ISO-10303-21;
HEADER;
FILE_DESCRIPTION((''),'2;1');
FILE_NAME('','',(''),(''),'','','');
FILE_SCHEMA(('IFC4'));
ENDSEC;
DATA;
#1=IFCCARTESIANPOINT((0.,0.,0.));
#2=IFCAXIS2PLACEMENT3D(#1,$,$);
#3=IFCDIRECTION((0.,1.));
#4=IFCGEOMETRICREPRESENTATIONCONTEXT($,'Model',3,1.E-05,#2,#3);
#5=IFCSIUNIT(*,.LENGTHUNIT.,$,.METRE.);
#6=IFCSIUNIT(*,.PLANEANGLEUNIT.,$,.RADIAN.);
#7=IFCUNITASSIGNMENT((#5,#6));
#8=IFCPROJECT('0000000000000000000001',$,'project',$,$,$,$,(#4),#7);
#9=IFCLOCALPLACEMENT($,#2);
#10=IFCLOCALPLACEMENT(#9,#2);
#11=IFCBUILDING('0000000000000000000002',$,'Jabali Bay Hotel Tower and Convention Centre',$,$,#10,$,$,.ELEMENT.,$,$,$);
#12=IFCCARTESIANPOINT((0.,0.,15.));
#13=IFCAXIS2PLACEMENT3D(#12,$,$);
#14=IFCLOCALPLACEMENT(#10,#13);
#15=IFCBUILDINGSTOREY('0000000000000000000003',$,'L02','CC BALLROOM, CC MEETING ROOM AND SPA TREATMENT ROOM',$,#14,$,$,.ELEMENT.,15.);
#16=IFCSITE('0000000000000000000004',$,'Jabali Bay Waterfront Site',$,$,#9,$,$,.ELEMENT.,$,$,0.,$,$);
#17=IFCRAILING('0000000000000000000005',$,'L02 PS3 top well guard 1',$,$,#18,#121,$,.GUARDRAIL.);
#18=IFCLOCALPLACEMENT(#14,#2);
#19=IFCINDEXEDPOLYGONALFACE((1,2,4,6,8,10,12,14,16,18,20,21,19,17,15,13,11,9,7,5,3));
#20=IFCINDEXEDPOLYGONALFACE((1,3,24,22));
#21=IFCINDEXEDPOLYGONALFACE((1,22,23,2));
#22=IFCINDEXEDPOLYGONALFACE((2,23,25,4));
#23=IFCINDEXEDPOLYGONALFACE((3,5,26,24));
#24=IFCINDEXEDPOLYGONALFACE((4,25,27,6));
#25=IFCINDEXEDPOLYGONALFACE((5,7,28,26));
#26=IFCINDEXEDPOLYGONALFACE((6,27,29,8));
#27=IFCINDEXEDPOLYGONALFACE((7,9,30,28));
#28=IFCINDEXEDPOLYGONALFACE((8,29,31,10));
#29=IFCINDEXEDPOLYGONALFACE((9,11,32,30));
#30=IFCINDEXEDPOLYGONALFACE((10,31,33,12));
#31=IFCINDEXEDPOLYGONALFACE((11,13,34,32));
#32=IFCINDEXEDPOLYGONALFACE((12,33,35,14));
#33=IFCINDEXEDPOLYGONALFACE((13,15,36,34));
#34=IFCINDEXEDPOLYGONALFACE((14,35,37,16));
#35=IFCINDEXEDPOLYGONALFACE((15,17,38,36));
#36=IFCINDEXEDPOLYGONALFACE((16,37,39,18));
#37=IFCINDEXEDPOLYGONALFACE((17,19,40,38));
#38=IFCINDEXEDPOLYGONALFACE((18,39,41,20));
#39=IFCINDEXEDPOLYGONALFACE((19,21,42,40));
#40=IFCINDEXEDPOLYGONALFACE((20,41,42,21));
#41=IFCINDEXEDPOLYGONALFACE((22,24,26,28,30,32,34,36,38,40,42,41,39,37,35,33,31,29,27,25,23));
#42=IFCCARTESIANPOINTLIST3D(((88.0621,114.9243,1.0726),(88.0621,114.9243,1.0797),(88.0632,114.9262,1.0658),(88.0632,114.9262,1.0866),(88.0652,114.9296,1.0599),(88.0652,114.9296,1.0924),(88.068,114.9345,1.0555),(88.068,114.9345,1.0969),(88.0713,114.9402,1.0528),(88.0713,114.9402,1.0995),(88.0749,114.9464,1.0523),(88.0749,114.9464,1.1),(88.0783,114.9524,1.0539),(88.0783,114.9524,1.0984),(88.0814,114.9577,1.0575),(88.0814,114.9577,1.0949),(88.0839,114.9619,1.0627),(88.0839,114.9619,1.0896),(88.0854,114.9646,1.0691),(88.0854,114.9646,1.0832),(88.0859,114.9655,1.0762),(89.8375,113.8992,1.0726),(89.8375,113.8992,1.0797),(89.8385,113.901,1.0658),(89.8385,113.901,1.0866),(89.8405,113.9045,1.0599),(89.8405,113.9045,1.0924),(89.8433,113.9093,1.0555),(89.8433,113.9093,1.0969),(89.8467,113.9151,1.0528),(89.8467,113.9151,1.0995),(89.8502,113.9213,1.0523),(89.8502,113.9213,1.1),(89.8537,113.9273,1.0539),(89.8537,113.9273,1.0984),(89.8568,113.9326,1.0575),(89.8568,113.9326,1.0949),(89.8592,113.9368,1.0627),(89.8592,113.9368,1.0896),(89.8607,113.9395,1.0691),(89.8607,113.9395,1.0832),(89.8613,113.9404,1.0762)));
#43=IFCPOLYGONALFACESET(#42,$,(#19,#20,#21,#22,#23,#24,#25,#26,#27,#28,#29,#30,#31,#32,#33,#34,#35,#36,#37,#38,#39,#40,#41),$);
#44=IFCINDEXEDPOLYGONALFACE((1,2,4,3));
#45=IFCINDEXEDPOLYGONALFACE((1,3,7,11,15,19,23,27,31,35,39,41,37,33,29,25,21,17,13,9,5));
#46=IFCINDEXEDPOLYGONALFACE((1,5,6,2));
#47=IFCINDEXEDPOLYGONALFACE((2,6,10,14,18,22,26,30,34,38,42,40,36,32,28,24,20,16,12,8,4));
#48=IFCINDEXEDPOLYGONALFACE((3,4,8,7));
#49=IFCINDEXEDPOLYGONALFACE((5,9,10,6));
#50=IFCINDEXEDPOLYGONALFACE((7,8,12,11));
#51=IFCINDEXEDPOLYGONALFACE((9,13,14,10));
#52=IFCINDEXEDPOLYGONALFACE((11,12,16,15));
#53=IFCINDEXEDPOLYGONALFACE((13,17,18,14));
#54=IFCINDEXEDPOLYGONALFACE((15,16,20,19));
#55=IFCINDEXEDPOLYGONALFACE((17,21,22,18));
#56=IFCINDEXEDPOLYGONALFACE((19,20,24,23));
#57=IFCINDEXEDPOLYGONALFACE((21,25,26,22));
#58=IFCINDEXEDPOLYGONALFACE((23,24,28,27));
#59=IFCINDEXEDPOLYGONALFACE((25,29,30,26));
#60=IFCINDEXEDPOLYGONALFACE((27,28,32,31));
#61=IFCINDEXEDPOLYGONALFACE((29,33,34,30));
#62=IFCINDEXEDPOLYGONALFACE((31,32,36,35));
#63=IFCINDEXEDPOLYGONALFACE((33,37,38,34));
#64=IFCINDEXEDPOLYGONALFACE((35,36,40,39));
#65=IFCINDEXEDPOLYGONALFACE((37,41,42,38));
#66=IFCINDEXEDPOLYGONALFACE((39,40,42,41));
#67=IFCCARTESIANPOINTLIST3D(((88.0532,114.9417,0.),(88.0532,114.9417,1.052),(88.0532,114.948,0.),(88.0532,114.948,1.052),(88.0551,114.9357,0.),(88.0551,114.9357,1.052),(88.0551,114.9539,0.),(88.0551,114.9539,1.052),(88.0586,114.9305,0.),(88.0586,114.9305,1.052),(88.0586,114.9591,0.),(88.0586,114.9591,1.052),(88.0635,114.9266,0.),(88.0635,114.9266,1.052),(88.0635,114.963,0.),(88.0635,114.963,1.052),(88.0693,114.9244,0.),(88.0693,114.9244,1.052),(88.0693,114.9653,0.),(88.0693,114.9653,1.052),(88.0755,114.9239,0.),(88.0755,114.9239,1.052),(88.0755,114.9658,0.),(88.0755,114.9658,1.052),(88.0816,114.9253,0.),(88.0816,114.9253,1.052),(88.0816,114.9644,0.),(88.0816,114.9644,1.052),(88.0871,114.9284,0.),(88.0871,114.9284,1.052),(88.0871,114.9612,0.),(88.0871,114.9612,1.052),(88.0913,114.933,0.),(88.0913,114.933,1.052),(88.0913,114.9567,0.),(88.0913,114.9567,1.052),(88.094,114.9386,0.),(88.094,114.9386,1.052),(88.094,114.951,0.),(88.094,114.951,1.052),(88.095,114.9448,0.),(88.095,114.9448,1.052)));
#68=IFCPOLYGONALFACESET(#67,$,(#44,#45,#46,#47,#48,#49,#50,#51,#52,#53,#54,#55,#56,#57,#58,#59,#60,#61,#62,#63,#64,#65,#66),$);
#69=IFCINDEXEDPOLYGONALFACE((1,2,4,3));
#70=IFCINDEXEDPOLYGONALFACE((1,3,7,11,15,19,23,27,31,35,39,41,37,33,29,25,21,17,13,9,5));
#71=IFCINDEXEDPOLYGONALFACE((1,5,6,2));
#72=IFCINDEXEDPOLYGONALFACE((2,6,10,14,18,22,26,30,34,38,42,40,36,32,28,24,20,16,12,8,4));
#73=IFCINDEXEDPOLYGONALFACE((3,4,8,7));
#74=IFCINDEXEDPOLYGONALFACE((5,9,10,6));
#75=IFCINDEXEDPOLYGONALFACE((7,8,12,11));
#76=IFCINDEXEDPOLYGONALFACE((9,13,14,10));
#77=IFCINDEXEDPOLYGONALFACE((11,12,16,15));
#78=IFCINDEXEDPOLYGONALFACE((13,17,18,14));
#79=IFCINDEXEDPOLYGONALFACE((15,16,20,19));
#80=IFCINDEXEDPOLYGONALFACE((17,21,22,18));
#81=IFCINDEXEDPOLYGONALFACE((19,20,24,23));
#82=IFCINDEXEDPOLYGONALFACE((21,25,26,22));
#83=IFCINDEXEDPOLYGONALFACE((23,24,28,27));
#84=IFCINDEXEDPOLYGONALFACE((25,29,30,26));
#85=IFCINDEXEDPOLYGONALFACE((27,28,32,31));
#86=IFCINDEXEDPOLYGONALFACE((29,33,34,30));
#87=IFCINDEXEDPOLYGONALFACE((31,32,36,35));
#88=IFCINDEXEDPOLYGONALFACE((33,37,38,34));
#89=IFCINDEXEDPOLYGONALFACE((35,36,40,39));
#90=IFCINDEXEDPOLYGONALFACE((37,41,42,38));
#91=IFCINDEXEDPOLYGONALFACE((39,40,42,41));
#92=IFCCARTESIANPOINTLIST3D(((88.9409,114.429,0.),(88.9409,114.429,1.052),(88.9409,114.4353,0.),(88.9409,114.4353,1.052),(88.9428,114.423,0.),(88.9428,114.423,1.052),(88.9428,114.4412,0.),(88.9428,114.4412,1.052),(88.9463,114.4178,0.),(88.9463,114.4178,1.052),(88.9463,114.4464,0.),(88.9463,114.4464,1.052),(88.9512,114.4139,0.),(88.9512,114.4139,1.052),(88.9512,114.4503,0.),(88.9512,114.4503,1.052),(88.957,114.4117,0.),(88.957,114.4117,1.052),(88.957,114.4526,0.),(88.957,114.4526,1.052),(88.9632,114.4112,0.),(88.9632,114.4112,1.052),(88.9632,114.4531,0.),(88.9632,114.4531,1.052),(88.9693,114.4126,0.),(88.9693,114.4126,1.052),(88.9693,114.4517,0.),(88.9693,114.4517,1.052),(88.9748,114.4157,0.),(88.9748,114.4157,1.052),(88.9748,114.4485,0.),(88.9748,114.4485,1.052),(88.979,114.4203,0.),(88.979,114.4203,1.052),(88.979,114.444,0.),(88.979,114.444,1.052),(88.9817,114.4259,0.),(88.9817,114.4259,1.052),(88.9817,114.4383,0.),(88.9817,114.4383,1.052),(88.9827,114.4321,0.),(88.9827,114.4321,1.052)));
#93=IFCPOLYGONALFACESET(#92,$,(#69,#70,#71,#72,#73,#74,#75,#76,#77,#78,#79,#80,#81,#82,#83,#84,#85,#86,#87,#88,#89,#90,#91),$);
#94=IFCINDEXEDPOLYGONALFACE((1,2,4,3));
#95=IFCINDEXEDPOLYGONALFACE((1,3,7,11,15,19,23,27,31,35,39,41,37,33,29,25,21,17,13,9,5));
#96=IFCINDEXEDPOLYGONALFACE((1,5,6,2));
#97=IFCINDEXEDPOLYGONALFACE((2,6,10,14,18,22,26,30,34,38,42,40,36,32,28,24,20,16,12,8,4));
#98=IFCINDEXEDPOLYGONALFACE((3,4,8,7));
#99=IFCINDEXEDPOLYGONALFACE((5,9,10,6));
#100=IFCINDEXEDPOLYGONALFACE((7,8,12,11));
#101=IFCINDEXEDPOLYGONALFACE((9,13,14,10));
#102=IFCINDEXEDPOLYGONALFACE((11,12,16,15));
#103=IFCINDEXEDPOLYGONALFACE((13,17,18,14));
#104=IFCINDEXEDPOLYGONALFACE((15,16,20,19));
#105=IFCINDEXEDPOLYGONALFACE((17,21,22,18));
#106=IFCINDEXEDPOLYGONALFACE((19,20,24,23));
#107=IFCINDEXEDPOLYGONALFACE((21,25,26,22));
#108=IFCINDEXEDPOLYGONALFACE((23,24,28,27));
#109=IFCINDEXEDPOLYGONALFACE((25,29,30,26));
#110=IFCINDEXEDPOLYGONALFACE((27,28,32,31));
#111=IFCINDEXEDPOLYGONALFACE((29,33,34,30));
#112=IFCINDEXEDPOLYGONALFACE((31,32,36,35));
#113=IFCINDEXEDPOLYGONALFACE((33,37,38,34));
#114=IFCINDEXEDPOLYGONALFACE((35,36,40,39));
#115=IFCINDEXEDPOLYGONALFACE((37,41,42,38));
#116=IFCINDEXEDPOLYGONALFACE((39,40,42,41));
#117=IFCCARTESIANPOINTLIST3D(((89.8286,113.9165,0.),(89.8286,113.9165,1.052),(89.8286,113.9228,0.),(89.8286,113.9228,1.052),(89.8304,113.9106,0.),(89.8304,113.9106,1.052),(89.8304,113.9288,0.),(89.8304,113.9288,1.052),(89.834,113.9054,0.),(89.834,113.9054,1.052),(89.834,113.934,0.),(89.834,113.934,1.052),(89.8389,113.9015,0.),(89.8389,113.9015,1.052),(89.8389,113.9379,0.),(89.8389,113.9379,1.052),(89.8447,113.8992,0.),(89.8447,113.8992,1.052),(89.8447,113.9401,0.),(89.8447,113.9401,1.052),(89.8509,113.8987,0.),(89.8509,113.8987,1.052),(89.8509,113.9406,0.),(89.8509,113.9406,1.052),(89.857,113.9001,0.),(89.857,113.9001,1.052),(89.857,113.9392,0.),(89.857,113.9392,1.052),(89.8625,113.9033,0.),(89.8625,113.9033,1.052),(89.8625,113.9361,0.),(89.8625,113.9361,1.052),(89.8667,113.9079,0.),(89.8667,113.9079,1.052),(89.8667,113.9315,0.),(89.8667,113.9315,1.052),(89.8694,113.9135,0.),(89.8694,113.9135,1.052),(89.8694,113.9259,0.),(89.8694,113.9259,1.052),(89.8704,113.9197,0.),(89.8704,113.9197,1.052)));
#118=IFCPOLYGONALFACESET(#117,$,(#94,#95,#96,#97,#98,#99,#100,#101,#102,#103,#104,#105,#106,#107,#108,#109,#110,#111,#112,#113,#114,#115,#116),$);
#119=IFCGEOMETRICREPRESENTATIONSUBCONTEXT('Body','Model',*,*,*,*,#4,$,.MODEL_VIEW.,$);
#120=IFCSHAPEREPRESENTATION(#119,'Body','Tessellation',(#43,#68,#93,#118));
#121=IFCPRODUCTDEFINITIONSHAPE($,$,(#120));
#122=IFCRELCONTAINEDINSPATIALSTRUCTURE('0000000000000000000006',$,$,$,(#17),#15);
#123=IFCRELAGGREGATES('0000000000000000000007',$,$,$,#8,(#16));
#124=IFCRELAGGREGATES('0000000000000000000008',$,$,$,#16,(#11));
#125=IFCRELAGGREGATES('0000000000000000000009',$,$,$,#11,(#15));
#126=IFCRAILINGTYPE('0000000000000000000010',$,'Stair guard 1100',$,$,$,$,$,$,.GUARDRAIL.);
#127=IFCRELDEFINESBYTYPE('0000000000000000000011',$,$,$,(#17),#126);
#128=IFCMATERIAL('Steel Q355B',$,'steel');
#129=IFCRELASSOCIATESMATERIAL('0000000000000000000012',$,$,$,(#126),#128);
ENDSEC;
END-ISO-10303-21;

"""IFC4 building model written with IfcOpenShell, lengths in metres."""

from ifc_helpers import new_model, si_unit, direction, frame, origin, origin_2d, place, context, subcontext, project, spatial, circle, extrude, material, type_object, element, save


model = new_model("IFC4")

# Units and contexts
model_context = context("Model", 3, precision=1e-05, world=origin(), true_north=direction((0.0, 1.0)))
body_context = subcontext(model_context, "Body", "Model", "MODEL_VIEW")
ifc_project = project(units=[si_unit("LENGTHUNIT", "METRE"), si_unit("PLANEANGLEUNIT", "RADIAN")], contexts=[model_context])

# Site, building, storey
site_placement = place(None, origin())
site = spatial("IfcSite", under=ifc_project, at=site_placement, Name="Jabali Bay Waterfront Site", CompositionType="ELEMENT", RefElevation=0.0)
building_placement = place(site_placement, origin())
building = spatial("IfcBuilding", under=site, at=building_placement, Name="Jabali Bay Hotel Tower and Convention Centre", CompositionType="ELEMENT")
storey_placement = place(building_placement, frame((0.0, 0.0, 15.0)))
storey = spatial("IfcBuildingStorey", under=building, at=storey_placement, Name="L02", Description="CC BALLROOM, CC MEETING ROOM AND SPA TREATMENT ROOM", CompositionType="ELEMENT", Elevation=15.0)

# Railing
ifc_material_1 = material(Name="Steel Q355B", Category="steel")
railing_type_1 = type_object("IfcRailingType", Name="Stair guard 1100", PredefinedType="GUARDRAIL", material=ifc_material_1)
railing_1_placement = place(storey_placement, frame((88.074, 114.9448, 0.0)))
element("IfcRailing", 1, at=railing_1_placement, inside=storey, type_object=railing_type_1, Name="L02 PS3 top well guard 1", PredefinedType="GUARDRAIL", context=body_context, shape_type="SweptSolid", body=[
    extrude(circle(Radius=0.0239, at=origin_2d()), frame((0.0, 0.0, 1.0762), z_axis=(0.865999, -0.500045, 0.0), x_axis=(0.500045, 0.865999, 0.0)), (0.0, 0.0, 1.0), 2.05),
    extrude(circle(Radius=0.021, at=origin_2d()), origin(), (0.0, 0.0, 1.0), 1.052),
    extrude(circle(Radius=0.021, at=origin_2d()), frame((0.8877, -0.5127, 0.0)), (0.0, 0.0, 1.0), 1.052),
    extrude(circle(Radius=0.021, at=origin_2d()), frame((1.7754, -1.0251, 0.0)), (0.0, 0.0, 1.0), 1.052),
])

save(model, "model.ifc")
